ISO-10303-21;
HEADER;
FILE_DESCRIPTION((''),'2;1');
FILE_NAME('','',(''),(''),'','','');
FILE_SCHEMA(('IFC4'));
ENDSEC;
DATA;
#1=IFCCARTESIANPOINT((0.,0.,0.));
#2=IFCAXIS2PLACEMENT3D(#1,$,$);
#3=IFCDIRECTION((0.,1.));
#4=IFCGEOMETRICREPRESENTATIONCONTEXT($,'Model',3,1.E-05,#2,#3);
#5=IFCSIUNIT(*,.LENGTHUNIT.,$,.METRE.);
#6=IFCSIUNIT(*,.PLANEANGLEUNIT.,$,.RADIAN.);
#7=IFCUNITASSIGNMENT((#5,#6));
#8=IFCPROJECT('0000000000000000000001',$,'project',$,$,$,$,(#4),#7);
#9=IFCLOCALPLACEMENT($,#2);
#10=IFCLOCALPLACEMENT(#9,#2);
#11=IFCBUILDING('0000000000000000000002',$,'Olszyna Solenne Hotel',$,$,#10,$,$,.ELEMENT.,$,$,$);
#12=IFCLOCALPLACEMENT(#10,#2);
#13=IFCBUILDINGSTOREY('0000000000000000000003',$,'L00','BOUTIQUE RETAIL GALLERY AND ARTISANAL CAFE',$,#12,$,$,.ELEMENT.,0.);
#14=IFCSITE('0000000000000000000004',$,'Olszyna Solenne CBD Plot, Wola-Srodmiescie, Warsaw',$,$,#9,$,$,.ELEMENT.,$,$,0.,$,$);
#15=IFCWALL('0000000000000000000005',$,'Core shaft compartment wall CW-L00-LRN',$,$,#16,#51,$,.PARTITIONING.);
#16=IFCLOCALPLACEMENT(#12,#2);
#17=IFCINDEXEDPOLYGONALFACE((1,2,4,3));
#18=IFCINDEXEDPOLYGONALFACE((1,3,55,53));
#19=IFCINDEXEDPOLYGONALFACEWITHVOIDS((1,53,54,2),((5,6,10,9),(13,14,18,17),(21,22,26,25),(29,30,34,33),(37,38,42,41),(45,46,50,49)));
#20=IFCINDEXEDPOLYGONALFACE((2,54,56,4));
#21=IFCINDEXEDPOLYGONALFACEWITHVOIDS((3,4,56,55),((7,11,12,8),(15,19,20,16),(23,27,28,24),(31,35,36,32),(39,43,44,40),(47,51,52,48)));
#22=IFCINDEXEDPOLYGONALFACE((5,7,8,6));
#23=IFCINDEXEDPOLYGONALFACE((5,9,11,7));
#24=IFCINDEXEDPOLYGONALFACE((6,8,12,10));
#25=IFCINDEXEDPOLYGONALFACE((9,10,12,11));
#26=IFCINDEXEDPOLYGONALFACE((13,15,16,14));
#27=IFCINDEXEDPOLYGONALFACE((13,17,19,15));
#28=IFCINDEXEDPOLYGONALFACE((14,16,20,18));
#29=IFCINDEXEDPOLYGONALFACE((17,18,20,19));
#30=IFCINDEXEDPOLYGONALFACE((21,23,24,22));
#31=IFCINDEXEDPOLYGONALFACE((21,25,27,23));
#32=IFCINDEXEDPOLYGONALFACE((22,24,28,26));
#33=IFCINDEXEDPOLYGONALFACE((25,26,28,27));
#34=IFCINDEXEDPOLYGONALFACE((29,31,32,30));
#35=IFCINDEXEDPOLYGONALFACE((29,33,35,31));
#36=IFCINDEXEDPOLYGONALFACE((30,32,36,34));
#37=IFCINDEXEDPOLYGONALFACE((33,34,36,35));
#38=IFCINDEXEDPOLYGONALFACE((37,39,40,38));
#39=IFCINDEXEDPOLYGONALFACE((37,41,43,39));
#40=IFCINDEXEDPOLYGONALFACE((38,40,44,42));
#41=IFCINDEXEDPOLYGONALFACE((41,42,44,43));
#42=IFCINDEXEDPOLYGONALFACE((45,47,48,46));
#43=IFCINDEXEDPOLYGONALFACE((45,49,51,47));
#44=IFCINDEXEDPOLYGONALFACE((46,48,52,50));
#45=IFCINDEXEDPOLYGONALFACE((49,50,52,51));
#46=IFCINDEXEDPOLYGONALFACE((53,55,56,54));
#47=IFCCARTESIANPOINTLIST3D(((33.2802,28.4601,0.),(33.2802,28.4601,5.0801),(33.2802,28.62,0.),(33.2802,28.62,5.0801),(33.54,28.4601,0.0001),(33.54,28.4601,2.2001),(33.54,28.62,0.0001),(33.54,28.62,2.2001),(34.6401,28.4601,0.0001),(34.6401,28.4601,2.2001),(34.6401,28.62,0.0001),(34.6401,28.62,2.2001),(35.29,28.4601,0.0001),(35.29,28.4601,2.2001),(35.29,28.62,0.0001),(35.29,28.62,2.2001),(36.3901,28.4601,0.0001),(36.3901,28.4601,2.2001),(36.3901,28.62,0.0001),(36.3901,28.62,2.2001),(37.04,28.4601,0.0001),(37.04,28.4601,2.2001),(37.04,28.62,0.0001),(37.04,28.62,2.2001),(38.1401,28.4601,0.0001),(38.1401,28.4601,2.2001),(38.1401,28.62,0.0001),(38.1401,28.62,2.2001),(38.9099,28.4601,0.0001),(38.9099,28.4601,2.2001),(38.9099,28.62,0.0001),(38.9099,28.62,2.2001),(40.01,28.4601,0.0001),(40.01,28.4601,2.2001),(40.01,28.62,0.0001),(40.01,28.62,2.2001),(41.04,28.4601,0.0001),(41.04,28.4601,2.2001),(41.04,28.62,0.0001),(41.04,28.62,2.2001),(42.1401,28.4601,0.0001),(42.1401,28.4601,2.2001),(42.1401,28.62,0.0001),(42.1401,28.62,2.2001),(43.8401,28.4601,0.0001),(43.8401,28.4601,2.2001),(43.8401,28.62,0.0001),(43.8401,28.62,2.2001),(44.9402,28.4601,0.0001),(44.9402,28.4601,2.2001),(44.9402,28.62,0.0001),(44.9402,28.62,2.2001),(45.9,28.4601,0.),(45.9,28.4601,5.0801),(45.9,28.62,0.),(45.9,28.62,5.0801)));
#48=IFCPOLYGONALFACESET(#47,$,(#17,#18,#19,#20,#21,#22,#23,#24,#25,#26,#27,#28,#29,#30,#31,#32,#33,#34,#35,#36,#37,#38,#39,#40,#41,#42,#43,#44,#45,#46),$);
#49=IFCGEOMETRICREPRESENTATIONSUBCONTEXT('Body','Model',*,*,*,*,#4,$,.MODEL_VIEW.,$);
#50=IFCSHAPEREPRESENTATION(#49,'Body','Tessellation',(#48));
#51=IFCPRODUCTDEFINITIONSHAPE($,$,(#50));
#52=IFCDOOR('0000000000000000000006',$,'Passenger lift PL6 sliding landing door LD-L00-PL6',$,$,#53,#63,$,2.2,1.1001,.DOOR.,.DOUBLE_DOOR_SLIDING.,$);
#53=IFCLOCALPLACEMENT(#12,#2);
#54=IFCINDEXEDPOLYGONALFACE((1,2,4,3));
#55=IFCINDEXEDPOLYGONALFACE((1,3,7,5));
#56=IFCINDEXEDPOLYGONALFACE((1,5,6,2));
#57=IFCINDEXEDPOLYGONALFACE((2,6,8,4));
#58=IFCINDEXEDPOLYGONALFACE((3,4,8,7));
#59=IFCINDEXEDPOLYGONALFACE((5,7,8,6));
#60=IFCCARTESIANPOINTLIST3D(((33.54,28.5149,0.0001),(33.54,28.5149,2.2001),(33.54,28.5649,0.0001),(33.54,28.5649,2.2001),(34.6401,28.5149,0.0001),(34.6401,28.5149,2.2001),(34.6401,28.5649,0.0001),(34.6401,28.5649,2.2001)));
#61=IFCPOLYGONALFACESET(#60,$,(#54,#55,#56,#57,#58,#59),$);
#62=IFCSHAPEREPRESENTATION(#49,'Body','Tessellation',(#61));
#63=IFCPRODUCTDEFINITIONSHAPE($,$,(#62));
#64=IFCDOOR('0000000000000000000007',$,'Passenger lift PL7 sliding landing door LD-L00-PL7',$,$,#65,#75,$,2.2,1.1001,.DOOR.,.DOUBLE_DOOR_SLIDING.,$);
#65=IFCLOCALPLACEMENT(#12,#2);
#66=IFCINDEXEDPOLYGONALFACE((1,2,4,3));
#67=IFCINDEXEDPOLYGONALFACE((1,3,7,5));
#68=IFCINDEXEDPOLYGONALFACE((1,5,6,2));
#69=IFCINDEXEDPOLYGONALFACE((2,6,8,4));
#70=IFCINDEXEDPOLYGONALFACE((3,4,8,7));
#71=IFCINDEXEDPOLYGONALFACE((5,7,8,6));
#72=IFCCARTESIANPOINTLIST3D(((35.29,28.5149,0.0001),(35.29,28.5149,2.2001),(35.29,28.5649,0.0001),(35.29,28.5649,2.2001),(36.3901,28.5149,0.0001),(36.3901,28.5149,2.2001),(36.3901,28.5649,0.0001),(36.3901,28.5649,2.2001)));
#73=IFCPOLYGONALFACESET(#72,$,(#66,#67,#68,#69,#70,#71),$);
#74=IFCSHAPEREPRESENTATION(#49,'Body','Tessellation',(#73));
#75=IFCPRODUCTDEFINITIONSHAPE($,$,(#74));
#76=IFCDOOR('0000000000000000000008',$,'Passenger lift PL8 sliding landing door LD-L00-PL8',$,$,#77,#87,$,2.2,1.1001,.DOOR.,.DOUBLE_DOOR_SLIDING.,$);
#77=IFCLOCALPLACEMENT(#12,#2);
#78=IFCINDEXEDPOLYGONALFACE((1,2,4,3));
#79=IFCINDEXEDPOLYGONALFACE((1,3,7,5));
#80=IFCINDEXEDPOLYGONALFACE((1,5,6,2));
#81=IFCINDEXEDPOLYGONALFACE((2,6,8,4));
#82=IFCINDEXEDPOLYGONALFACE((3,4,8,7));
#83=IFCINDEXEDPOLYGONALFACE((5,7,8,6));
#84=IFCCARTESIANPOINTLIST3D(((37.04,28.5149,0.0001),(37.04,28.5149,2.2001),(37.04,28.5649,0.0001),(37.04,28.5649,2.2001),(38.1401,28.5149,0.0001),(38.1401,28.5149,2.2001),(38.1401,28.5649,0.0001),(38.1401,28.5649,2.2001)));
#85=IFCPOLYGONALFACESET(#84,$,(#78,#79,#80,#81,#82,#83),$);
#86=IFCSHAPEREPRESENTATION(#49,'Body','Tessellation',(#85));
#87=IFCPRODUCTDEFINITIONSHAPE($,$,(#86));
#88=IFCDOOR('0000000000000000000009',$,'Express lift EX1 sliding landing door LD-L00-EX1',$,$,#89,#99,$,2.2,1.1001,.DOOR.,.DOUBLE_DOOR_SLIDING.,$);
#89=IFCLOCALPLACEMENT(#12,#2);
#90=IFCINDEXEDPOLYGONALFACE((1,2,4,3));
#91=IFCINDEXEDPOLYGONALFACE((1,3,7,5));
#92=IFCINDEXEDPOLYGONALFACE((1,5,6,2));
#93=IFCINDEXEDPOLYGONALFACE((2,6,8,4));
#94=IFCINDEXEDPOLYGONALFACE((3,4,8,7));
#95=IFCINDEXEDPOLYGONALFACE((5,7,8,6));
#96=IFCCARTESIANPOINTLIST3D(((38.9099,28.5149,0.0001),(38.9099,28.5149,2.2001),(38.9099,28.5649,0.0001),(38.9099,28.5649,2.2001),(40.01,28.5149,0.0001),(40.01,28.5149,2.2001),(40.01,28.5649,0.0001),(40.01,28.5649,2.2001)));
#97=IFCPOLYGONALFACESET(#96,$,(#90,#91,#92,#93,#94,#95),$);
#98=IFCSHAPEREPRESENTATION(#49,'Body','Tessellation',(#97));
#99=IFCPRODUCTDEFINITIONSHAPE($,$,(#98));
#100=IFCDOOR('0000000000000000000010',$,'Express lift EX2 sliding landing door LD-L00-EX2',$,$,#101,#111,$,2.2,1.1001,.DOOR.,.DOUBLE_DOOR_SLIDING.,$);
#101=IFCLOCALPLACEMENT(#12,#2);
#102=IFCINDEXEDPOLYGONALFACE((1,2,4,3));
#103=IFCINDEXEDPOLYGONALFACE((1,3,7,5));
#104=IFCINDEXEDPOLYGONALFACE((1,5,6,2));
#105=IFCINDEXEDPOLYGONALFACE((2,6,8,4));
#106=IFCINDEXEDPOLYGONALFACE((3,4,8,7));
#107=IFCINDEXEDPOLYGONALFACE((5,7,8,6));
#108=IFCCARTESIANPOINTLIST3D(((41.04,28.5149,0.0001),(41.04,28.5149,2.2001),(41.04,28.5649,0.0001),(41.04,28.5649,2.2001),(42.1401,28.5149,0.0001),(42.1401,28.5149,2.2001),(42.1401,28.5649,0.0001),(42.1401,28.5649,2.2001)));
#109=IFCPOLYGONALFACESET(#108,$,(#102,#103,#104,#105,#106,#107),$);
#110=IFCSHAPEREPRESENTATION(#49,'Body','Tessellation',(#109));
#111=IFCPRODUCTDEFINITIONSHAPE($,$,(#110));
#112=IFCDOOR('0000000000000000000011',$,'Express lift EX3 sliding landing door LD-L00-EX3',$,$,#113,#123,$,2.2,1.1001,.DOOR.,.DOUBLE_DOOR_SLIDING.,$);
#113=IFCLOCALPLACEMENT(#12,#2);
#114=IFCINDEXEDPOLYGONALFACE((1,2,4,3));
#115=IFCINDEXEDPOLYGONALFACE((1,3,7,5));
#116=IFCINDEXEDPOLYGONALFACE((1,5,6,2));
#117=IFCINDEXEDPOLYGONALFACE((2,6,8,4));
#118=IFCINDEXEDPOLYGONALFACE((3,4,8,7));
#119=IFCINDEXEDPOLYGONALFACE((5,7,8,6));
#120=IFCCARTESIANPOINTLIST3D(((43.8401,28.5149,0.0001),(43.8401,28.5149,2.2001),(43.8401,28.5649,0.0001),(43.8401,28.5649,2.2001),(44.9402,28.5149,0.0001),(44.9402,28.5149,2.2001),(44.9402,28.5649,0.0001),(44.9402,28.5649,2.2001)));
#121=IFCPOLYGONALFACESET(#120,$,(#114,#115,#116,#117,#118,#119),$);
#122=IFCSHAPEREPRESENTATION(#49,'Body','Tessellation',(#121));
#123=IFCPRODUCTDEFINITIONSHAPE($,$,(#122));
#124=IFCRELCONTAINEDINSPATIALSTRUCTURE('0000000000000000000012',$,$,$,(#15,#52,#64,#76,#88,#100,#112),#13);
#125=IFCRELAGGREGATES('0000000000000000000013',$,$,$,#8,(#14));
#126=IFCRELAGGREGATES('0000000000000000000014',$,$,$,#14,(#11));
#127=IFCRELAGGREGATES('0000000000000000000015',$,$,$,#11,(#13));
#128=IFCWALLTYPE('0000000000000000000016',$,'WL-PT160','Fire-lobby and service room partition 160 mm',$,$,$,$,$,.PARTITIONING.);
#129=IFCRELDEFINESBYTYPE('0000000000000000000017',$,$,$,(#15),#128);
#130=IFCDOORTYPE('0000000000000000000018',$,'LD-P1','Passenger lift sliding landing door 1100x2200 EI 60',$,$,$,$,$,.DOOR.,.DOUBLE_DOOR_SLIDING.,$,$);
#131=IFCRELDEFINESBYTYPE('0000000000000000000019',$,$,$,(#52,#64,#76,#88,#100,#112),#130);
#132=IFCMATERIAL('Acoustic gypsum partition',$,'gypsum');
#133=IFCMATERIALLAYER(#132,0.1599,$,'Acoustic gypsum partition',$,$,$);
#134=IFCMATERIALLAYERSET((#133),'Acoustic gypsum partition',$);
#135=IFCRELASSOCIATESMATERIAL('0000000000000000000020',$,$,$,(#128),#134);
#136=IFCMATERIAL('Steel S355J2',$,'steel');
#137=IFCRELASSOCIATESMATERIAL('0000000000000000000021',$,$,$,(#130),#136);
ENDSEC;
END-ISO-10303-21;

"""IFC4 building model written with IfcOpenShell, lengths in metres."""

from ifc_helpers import new_model, si_unit, direction, frame, frame_2d, origin, place, context, subcontext, project, spatial, rectangle, extrude, source, transform, mapped, material, layer, layer_set, type_object, type_shapes, element, fill, save


model = new_model("IFC4")

# Units and contexts
model_context = context("Model", 3, precision=1e-05, world=origin(), true_north=direction((0.0, 1.0)))
body_context = subcontext(model_context, "Body", "Model", "MODEL_VIEW")
ifc_project = project(units=[si_unit("LENGTHUNIT", "METRE"), si_unit("PLANEANGLEUNIT", "RADIAN")], contexts=[model_context])

# Site, building, storey
site_placement = place(None, origin())
site = spatial("IfcSite", under=ifc_project, at=site_placement, Name="Olszyna Solenne CBD Plot, Wola-Srodmiescie, Warsaw", CompositionType="ELEMENT", RefElevation=0.0)
building_placement = place(site_placement, origin())
building = spatial("IfcBuilding", under=site, at=building_placement, Name="Olszyna Solenne Hotel", CompositionType="ELEMENT")
storey_placement = place(building_placement, origin())
storey = spatial("IfcBuildingStorey", under=building, at=storey_placement, Name="L00", Description="BOUTIQUE RETAIL GALLERY AND ARTISANAL CAFE", CompositionType="ELEMENT", Elevation=0.0)

# Shared definitions
ifc_material_1 = material(Name="Steel S355J2", Category="steel")

# Shared definitions
ifc_material_2 = material(Name="Acoustic gypsum partition", Category="gypsum")
ifc_layer = layer(ifc_material_2, 0.1599, Name="Acoustic gypsum partition")
ifc_layer_set = layer_set([ifc_layer], Name="Acoustic gypsum partition")
wall_type = type_object("IfcWallType", Name="WL-PT160", Description="Fire-lobby and service room partition 160 mm", PredefinedType="PARTITIONING", material=ifc_layer_set)

# Wall, openings, doors
door_type = type_object("IfcDoorType", Name="LD-P1", Description="Passenger lift sliding landing door 1100x2200 EI 60", OperationType="DOUBLE_DOOR_SLIDING", PredefinedType="DOOR", material=ifc_material_1)
shared_shape_1 = source(origin(), body_context, "Body", "SweptSolid", [
    extrude(rectangle(XDim=1.1001, YDim=2.2, at=frame_2d((0.55, 1.1001))), frame((0.0, 0.0249, 0.0), z_axis=(0.0, -1.0, 0.0), x_axis=(1.0, 0.0, 0.0)), (0.0, 0.0, 1.0), 0.05),
])
type_shapes(door_type, [shared_shape_1])
wall_1_placement = place(storey_placement, frame((33.28, 28.54, 0.0), z_axis=(0.0, 0.0, 1.0), x_axis=(1.0, 0.0, 0.0)))
wall_1 = element("IfcWall", 1, at=wall_1_placement, inside=storey, type_object=wall_type, Name="Core shaft compartment wall CW-L00-LRN", PredefinedType="PARTITIONING", context=body_context, shape_type="SweptSolid", body=[
    extrude(rectangle(XDim=12.6199, YDim=0.1599, at=frame_2d((6.3101, 0.0))), origin(), (0.0, 0.0, 1.0), 5.0801),
])
opening_1_placement = place(wall_1_placement, frame((0.26, 0.0, 0.0)))
opening_1 = element("IfcOpeningElement", 2, at=opening_1_placement, cuts=wall_1, PredefinedType="OPENING", context=body_context, shape_type="SweptSolid", body=[
    extrude(rectangle(XDim=1.1001, YDim=2.2, at=frame_2d((0.55, 1.1001))), frame((0.0, 0.0898, 0.0), z_axis=(0.0, -1.0, 0.0), x_axis=(1.0, 0.0, 0.0)), (0.0, 0.0, 1.0), 0.1799),
])
opening_2_placement = place(wall_1_placement, frame((2.01, 0.0, 0.0)))
opening_2 = element("IfcOpeningElement", 3, at=opening_2_placement, cuts=wall_1, PredefinedType="OPENING", context=body_context, shape_type="SweptSolid", body=[
    extrude(rectangle(XDim=1.1001, YDim=2.2, at=frame_2d((0.55, 1.1001))), frame((0.0, 0.0898, 0.0), z_axis=(0.0, -1.0, 0.0), x_axis=(1.0, 0.0, 0.0)), (0.0, 0.0, 1.0), 0.1799),
])
opening_3_placement = place(wall_1_placement, frame((3.76, 0.0, 0.0)))
opening_3 = element("IfcOpeningElement", 4, at=opening_3_placement, cuts=wall_1, PredefinedType="OPENING", context=body_context, shape_type="SweptSolid", body=[
    extrude(rectangle(XDim=1.1001, YDim=2.2, at=frame_2d((0.55, 1.1001))), frame((0.0, 0.0898, 0.0), z_axis=(0.0, -1.0, 0.0), x_axis=(1.0, 0.0, 0.0)), (0.0, 0.0, 1.0), 0.1799),
])
opening_4_placement = place(wall_1_placement, frame((5.6299, 0.0, 0.0)))
opening_4 = element("IfcOpeningElement", 5, at=opening_4_placement, cuts=wall_1, PredefinedType="OPENING", context=body_context, shape_type="SweptSolid", body=[
    extrude(rectangle(XDim=1.1001, YDim=2.2, at=frame_2d((0.55, 1.1001))), frame((0.0, 0.0898, 0.0), z_axis=(0.0, -1.0, 0.0), x_axis=(1.0, 0.0, 0.0)), (0.0, 0.0, 1.0), 0.1799),
])
opening_5_placement = place(wall_1_placement, frame((7.76, 0.0, 0.0)))
opening_5 = element("IfcOpeningElement", 6, at=opening_5_placement, cuts=wall_1, PredefinedType="OPENING", context=body_context, shape_type="SweptSolid", body=[
    extrude(rectangle(XDim=1.1001, YDim=2.2, at=frame_2d((0.55, 1.1001))), frame((0.0, 0.0898, 0.0), z_axis=(0.0, -1.0, 0.0), x_axis=(1.0, 0.0, 0.0)), (0.0, 0.0, 1.0), 0.1799),
])
opening_6_placement = place(wall_1_placement, frame((10.5601, 0.0, 0.0)))
opening_6 = element("IfcOpeningElement", 7, at=opening_6_placement, cuts=wall_1, PredefinedType="OPENING", context=body_context, shape_type="SweptSolid", body=[
    extrude(rectangle(XDim=1.1001, YDim=2.2, at=frame_2d((0.55, 1.1001))), frame((0.0, 0.0898, 0.0), z_axis=(0.0, -1.0, 0.0), x_axis=(1.0, 0.0, 0.0)), (0.0, 0.0, 1.0), 0.1799),
])
door_1_placement = place(opening_1_placement, origin())
door_1 = element("IfcDoor", 8, at=door_1_placement, inside=storey, type_object=door_type, Name="Passenger lift PL6 sliding landing door LD-L00-PL6", OperationType="DOUBLE_DOOR_SLIDING", OverallHeight=2.2, OverallWidth=1.1001, PredefinedType="DOOR", context=body_context, shape_type="MappedRepresentation", body=[
    mapped(shared_shape_1, transform((0.0, 0.0, 0.0), x_axis=(1.0, 0.0, 0.0), y_axis=(0.0, 1.0, 0.0), z_axis=(0.0, 0.0, 1.0), scale=1.0)),
])
fill(opening_1, door_1)
door_2_placement = place(opening_2_placement, origin())
door_2 = element("IfcDoor", 9, at=door_2_placement, inside=storey, type_object=door_type, Name="Passenger lift PL7 sliding landing door LD-L00-PL7", OperationType="DOUBLE_DOOR_SLIDING", OverallHeight=2.2, OverallWidth=1.1001, PredefinedType="DOOR", context=body_context, shape_type="MappedRepresentation", body=[
    mapped(shared_shape_1, transform((0.0, 0.0, 0.0), x_axis=(1.0, 0.0, 0.0), y_axis=(0.0, 1.0, 0.0), z_axis=(0.0, 0.0, 1.0), scale=1.0)),
])
fill(opening_2, door_2)
door_3_placement = place(opening_3_placement, origin())
door_3 = element("IfcDoor", 10, at=door_3_placement, inside=storey, type_object=door_type, Name="Passenger lift PL8 sliding landing door LD-L00-PL8", OperationType="DOUBLE_DOOR_SLIDING", OverallHeight=2.2, OverallWidth=1.1001, PredefinedType="DOOR", context=body_context, shape_type="MappedRepresentation", body=[
    mapped(shared_shape_1, transform((0.0, 0.0, 0.0), x_axis=(1.0, 0.0, 0.0), y_axis=(0.0, 1.0, 0.0), z_axis=(0.0, 0.0, 1.0), scale=1.0)),
])
fill(opening_3, door_3)
door_4_placement = place(opening_4_placement, origin())
door_4 = element("IfcDoor", 11, at=door_4_placement, inside=storey, type_object=door_type, Name="Express lift EX1 sliding landing door LD-L00-EX1", OperationType="DOUBLE_DOOR_SLIDING", OverallHeight=2.2, OverallWidth=1.1001, PredefinedType="DOOR", context=body_context, shape_type="MappedRepresentation", body=[
    mapped(shared_shape_1, transform((0.0, 0.0, 0.0), x_axis=(1.0, 0.0, 0.0), y_axis=(0.0, 1.0, 0.0), z_axis=(0.0, 0.0, 1.0), scale=1.0)),
])
fill(opening_4, door_4)
door_5_placement = place(opening_5_placement, origin())
door_5 = element("IfcDoor", 12, at=door_5_placement, inside=storey, type_object=door_type, Name="Express lift EX2 sliding landing door LD-L00-EX2", OperationType="DOUBLE_DOOR_SLIDING", OverallHeight=2.2, OverallWidth=1.1001, PredefinedType="DOOR", context=body_context, shape_type="MappedRepresentation", body=[
    mapped(shared_shape_1, transform((0.0, 0.0, 0.0), x_axis=(1.0, 0.0, 0.0), y_axis=(0.0, 1.0, 0.0), z_axis=(0.0, 0.0, 1.0), scale=1.0)),
])
fill(opening_5, door_5)
door_6_placement = place(opening_6_placement, origin())
door_6 = element("IfcDoor", 13, at=door_6_placement, inside=storey, type_object=door_type, Name="Express lift EX3 sliding landing door LD-L00-EX3", OperationType="DOUBLE_DOOR_SLIDING", OverallHeight=2.2, OverallWidth=1.1001, PredefinedType="DOOR", context=body_context, shape_type="MappedRepresentation", body=[
    mapped(shared_shape_1, transform((0.0, 0.0, 0.0), x_axis=(1.0, 0.0, 0.0), y_axis=(0.0, 1.0, 0.0), z_axis=(0.0, 0.0, 1.0), scale=1.0)),
])
fill(opening_6, door_6)

save(model, "model.ifc")
